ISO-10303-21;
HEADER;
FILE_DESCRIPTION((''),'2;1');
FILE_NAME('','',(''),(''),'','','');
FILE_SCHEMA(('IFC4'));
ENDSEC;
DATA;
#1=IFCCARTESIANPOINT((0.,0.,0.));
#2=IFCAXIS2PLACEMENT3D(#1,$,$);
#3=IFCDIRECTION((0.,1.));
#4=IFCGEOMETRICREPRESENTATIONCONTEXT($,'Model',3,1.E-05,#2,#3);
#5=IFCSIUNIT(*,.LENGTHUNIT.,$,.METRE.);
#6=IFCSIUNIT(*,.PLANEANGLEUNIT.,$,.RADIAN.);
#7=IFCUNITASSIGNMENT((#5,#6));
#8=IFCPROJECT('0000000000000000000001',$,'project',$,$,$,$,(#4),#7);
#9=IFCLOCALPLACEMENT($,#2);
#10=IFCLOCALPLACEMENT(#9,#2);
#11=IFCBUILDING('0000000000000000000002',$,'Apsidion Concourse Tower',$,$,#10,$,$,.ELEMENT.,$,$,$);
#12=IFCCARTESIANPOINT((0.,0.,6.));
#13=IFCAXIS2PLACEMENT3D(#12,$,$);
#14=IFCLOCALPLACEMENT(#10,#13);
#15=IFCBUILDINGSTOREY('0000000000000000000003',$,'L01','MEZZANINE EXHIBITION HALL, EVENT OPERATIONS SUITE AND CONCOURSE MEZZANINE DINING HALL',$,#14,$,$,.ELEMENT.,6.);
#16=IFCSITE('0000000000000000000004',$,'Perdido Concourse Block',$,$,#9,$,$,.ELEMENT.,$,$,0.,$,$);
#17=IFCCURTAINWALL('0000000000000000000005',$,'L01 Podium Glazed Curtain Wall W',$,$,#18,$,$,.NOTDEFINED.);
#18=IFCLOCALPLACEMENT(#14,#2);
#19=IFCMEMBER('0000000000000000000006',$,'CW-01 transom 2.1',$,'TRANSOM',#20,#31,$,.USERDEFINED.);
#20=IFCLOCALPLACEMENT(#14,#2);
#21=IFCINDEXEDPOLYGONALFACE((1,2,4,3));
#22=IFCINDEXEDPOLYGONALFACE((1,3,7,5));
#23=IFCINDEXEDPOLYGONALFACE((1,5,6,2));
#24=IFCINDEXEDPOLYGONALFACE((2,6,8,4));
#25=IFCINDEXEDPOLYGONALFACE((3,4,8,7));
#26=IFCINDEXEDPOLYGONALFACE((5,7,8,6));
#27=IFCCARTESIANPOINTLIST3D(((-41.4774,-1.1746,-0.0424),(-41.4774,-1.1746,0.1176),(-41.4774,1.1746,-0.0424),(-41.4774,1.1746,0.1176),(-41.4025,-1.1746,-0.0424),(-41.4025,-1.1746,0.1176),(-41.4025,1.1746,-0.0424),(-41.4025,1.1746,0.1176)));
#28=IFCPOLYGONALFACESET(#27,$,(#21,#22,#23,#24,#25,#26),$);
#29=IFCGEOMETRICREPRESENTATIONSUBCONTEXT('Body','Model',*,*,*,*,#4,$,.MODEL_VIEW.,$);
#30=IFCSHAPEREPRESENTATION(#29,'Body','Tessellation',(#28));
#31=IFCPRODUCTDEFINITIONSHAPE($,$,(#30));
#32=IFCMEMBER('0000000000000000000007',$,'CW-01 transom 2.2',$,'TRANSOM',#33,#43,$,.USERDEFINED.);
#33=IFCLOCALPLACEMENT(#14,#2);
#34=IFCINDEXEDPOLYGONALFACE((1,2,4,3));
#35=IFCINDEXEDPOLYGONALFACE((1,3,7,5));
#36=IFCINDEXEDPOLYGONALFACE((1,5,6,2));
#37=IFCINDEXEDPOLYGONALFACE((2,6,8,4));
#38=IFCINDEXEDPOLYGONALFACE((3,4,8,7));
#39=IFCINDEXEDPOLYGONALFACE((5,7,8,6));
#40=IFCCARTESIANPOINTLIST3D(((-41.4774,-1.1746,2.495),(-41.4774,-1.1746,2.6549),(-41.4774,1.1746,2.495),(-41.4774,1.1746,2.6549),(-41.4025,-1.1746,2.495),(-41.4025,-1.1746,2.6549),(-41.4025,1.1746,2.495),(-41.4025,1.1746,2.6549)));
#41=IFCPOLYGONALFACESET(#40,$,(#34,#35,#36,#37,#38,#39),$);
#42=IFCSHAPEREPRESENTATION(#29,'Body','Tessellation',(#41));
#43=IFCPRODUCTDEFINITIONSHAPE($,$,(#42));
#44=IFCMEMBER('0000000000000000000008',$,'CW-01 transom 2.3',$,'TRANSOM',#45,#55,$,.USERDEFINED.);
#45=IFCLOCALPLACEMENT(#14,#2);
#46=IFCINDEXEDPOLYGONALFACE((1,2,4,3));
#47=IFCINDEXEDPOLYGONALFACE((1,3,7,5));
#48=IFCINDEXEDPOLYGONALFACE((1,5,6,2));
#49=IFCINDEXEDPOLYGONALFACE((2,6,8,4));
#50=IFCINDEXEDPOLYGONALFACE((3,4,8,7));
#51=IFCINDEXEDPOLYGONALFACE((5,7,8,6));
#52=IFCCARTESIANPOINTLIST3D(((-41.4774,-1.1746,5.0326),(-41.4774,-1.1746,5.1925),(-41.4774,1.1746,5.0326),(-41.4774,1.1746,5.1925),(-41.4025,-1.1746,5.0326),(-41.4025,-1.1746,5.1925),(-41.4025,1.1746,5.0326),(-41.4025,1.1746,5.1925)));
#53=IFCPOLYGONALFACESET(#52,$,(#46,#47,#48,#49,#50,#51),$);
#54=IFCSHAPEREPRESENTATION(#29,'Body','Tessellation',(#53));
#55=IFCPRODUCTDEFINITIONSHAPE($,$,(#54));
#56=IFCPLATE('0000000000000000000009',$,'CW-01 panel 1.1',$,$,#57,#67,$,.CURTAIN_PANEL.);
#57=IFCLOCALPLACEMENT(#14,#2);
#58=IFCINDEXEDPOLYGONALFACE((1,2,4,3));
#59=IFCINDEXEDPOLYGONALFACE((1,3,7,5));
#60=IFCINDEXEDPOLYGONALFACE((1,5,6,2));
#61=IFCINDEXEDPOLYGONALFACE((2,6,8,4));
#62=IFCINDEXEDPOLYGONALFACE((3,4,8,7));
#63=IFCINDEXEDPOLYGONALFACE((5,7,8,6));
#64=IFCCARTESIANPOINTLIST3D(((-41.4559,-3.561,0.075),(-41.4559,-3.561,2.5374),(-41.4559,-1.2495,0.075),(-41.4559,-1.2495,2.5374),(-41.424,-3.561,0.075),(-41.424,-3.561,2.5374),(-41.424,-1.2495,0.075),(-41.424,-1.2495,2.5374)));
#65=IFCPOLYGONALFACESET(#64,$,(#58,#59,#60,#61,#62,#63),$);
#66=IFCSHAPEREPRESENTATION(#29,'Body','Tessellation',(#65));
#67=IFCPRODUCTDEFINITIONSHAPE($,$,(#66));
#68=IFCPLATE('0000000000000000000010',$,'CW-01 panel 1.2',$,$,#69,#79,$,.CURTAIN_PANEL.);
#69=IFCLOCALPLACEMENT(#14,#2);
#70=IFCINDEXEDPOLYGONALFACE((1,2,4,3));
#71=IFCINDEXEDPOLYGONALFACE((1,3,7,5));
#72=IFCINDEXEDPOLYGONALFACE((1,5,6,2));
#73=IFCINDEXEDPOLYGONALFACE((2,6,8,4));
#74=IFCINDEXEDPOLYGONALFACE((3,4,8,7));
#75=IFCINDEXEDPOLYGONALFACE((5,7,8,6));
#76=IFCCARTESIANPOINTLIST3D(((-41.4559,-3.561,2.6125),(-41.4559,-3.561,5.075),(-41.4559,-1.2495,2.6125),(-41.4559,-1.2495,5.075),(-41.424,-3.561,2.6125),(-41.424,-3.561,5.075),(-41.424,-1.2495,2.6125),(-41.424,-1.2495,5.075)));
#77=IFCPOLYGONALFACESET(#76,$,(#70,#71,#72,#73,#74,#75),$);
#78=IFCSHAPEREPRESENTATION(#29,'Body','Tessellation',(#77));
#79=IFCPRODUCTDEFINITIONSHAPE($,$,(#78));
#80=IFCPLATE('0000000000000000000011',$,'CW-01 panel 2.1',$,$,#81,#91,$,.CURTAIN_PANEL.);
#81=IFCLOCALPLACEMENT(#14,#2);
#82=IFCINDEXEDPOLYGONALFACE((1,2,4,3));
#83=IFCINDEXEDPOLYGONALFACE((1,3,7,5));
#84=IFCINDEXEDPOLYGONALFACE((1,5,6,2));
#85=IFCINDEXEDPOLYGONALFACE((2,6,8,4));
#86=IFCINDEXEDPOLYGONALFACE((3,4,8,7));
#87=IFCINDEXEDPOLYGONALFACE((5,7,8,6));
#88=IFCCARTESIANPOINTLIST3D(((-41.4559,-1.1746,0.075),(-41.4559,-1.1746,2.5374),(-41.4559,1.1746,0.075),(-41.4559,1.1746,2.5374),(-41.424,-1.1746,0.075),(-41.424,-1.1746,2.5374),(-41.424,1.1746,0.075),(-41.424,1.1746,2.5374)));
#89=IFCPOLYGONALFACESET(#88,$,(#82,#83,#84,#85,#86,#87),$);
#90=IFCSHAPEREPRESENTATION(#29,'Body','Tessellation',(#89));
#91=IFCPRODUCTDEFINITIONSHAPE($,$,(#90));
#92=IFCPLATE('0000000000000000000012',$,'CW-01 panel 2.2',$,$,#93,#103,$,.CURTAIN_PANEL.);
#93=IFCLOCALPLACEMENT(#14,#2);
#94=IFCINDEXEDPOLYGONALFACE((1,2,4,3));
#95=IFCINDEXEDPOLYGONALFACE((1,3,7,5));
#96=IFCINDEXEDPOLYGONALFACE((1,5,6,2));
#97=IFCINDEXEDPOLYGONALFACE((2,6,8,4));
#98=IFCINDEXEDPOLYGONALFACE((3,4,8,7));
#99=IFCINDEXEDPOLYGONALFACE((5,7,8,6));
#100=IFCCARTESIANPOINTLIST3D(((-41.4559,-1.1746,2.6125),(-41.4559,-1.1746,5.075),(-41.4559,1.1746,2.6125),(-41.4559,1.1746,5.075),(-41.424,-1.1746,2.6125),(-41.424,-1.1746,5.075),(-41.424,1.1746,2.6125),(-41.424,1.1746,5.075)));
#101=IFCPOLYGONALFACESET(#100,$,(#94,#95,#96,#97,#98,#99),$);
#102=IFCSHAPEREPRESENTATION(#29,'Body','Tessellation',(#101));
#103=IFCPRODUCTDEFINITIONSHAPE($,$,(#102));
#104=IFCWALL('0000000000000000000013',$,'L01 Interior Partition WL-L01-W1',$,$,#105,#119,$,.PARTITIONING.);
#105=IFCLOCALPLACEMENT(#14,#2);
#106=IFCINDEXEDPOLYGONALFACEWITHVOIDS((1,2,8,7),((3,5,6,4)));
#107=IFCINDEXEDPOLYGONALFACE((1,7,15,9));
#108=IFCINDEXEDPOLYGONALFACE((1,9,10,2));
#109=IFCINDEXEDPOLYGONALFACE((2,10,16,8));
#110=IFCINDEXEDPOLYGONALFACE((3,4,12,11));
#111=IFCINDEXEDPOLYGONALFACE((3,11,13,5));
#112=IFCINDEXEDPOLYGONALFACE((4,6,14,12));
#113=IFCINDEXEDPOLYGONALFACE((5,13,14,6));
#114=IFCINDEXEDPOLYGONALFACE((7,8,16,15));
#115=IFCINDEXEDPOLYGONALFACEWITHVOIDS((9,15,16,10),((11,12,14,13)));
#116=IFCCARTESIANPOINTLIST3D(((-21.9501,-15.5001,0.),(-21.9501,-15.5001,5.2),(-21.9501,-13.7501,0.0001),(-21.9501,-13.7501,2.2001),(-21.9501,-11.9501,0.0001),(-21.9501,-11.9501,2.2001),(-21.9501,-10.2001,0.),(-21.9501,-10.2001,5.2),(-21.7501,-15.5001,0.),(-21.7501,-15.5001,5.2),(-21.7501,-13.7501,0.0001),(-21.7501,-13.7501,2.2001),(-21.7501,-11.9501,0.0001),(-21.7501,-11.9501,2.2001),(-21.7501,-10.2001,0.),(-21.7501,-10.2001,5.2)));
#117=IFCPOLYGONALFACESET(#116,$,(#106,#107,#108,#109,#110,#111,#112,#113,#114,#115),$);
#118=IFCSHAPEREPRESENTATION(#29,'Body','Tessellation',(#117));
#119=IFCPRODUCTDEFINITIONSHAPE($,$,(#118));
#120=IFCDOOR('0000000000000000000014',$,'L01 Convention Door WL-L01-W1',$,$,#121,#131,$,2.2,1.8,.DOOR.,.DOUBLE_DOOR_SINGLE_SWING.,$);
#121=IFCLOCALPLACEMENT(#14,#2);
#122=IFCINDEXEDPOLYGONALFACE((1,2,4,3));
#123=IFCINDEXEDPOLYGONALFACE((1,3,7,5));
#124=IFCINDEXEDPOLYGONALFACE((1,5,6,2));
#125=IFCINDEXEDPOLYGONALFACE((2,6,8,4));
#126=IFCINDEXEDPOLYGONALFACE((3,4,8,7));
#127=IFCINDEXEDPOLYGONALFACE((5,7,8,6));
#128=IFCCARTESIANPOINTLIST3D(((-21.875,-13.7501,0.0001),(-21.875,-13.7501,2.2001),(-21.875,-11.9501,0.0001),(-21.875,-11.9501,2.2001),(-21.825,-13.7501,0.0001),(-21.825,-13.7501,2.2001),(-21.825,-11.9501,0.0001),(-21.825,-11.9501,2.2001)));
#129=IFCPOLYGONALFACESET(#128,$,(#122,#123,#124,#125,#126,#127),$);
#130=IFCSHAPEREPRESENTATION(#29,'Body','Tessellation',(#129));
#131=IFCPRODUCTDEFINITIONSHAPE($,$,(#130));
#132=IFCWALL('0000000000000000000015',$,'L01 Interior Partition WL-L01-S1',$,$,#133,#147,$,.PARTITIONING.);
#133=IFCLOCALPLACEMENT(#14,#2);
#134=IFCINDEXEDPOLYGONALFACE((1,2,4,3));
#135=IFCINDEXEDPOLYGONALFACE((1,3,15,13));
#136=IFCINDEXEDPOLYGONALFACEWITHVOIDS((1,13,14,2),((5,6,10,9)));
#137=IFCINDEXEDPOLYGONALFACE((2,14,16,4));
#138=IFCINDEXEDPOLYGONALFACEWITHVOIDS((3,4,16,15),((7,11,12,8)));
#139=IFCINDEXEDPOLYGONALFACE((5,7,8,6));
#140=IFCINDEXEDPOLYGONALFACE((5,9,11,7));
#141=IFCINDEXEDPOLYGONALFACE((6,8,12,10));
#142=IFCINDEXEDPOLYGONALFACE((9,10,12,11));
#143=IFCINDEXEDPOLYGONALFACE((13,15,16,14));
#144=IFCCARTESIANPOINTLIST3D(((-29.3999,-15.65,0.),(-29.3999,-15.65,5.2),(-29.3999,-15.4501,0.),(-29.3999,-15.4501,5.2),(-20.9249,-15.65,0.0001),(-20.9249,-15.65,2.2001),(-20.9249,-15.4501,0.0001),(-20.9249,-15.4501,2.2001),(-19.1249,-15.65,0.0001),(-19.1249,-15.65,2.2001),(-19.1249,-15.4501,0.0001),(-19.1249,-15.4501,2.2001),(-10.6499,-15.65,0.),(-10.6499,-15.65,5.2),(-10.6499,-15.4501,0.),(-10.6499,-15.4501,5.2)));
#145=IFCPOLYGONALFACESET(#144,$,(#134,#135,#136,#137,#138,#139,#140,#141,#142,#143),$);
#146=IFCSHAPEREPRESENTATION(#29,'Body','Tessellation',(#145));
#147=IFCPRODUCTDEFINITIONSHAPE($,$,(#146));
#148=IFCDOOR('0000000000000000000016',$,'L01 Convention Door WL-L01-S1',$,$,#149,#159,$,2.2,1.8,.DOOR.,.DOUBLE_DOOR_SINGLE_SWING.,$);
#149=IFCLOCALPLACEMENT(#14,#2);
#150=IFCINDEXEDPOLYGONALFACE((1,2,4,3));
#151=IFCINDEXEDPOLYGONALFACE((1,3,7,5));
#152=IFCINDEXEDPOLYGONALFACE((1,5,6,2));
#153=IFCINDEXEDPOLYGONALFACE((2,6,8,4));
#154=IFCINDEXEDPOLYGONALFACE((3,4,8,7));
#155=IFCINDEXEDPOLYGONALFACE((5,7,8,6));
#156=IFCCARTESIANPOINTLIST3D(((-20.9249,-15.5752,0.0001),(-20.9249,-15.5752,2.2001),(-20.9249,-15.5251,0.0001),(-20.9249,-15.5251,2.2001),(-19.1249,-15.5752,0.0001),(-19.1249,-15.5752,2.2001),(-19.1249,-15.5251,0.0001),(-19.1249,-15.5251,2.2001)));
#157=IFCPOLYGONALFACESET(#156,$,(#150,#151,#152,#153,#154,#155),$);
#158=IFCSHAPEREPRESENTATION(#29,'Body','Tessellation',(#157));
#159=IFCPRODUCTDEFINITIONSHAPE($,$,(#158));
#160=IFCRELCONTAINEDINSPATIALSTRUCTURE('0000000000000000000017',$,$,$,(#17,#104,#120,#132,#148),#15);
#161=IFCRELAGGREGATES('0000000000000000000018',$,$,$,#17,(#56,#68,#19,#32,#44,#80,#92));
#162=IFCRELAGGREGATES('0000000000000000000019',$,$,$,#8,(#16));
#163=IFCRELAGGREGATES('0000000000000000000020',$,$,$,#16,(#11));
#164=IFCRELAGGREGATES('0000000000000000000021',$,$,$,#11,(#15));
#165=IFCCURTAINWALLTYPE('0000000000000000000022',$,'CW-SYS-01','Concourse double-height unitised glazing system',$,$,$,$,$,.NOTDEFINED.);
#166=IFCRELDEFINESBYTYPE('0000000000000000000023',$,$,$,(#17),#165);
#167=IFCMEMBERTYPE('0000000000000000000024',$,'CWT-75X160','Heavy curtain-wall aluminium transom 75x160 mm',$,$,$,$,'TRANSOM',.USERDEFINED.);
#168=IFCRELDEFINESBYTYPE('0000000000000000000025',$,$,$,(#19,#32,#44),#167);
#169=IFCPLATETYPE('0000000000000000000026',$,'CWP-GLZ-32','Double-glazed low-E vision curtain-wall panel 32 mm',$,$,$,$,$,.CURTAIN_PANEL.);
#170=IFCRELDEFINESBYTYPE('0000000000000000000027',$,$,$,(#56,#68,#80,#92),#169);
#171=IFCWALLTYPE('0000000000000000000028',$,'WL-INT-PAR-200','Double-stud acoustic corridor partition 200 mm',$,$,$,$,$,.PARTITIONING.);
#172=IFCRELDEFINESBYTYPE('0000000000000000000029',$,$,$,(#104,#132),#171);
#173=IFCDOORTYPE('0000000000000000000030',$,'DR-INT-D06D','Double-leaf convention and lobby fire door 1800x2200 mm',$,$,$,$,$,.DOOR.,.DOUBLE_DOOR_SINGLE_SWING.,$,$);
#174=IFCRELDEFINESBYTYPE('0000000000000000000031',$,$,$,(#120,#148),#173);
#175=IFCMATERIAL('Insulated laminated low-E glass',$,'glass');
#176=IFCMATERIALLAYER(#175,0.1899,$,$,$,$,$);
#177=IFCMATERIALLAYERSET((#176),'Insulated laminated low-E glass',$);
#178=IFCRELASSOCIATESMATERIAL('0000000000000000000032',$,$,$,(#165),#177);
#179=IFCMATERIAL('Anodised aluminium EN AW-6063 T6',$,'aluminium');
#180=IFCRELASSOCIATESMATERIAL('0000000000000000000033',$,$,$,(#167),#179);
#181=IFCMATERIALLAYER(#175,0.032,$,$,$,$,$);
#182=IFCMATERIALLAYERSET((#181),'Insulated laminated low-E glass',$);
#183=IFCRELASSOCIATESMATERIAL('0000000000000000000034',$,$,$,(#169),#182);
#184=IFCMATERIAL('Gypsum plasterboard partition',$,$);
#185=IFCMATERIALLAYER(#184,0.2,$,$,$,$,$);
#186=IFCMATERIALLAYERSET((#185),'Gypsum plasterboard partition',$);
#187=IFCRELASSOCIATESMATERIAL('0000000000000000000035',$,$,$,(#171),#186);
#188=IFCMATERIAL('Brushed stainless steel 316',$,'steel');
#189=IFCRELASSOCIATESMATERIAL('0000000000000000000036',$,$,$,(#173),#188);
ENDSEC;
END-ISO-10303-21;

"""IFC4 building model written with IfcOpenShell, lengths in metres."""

from ifc_helpers import new_model, si_unit, direction, frame, frame_2d, origin, origin_2d, place, context, subcontext, project, spatial, rectangle, extrude, material, layer, layer_set, material_profile, profile_set, type_object, element, fill, aggregate, save


model = new_model("IFC4")

# Units and contexts
model_context = context("Model", 3, precision=1e-05, world=origin(), true_north=direction((0.0, 1.0)))
body_context = subcontext(model_context, "Body", "Model", "MODEL_VIEW")
ifc_project = project(units=[si_unit("LENGTHUNIT", "METRE"), si_unit("PLANEANGLEUNIT", "RADIAN")], contexts=[model_context])

# Site, building, storey
site_placement = place(None, origin())
site = spatial("IfcSite", under=ifc_project, at=site_placement, Name="Perdido Concourse Block", CompositionType="ELEMENT", RefElevation=0.0)
building_placement = place(site_placement, origin())
building = spatial("IfcBuilding", under=site, at=building_placement, Name="Apsidion Concourse Tower", CompositionType="ELEMENT")
storey_placement = place(building_placement, frame((0.0, 0.0, 6.0)))
storey = spatial("IfcBuildingStorey", under=building, at=storey_placement, Name="L01", Description="MEZZANINE EXHIBITION HALL, EVENT OPERATIONS SUITE AND CONCOURSE MEZZANINE DINING HALL", CompositionType="ELEMENT", Elevation=6.0)

# Curtain wall, members, plates
ifc_material_1 = material(Name="Insulated laminated low-E glass", Category="glass")
ifc_layer_1 = layer(ifc_material_1, 0.1899)
ifc_layer_set_1 = layer_set([ifc_layer_1], Name="Insulated laminated low-E glass")
curtain_wall_type = type_object("IfcCurtainWallType", Name="CW-SYS-01", Description="Concourse double-height unitised glazing system", PredefinedType="NOTDEFINED", material=ifc_layer_set_1)
curtain_wall_placement = place(storey_placement, origin())
curtain_wall = element("IfcCurtainWall", 1, at=curtain_wall_placement, inside=storey, type_object=curtain_wall_type, Name="L01 Podium Glazed Curtain Wall W", PredefinedType="NOTDEFINED")
ifc_material_2 = material(Name="Anodised aluminium EN AW-6063 T6", Category="aluminium")
ifc_material_profile_1 = material_profile(ifc_material_2, rectangle(XDim=0.075, YDim=0.1599, at=origin_2d()), Name="ALU TRANSOM 75x160")
ifc_profile_set_1 = profile_set([ifc_material_profile_1], Name="Anodised aluminium EN AW-6063 T6")
member_type_1 = type_object("IfcMemberType", Name="CWT-75X160", Description="Heavy curtain-wall aluminium transom 75x160 mm", ElementType="TRANSOM", PredefinedType="USERDEFINED", material=ifc_profile_set_1)
member_1_placement = place(storey_placement, frame((-41.4399, -1.1746, 0.0376), z_axis=(0.0, 1.0, 0.0), x_axis=(-1.0, 0.0, 0.0)))
member_1 = element("IfcMember", 2, at=member_1_placement, type_object=member_type_1, Name="CW-01 transom 2.1", ObjectType="TRANSOM", PredefinedType="USERDEFINED", context=body_context, shape_type="SweptSolid", body=[
    extrude(rectangle(XDim=0.075, YDim=0.1599, at=origin_2d()), origin(), (0.0, 0.0, 1.0), 2.3491),
])
member_2_placement = place(storey_placement, frame((-41.4399, -1.1746, 2.575), z_axis=(0.0, 1.0, 0.0), x_axis=(-1.0, 0.0, 0.0)))
member_2 = element("IfcMember", 3, at=member_2_placement, type_object=member_type_1, Name="CW-01 transom 2.2", ObjectType="TRANSOM", PredefinedType="USERDEFINED", context=body_context, shape_type="SweptSolid", body=[
    extrude(rectangle(XDim=0.075, YDim=0.1599, at=origin_2d()), origin(), (0.0, 0.0, 1.0), 2.3491),
])
member_3_placement = place(storey_placement, frame((-41.4399, -1.1746, 5.1125), z_axis=(0.0, 1.0, 0.0), x_axis=(-1.0, 0.0, 0.0)))
member_3 = element("IfcMember", 4, at=member_3_placement, type_object=member_type_1, Name="CW-01 transom 2.3", ObjectType="TRANSOM", PredefinedType="USERDEFINED", context=body_context, shape_type="SweptSolid", body=[
    extrude(rectangle(XDim=0.075, YDim=0.1599, at=origin_2d()), origin(), (0.0, 0.0, 1.0), 2.3491),
])
ifc_layer_2 = layer(ifc_material_1, 0.032)
ifc_layer_set_2 = layer_set([ifc_layer_2], Name="Insulated laminated low-E glass")
plate_type = type_object("IfcPlateType", Name="CWP-GLZ-32", Description="Double-glazed low-E vision curtain-wall panel 32 mm", PredefinedType="CURTAIN_PANEL", material=ifc_layer_set_2)
plate_1_placement = place(storey_placement, frame((-41.4399, -2.4053, 0.075), z_axis=(0.0, 0.0, 1.0), x_axis=(0.0, 1.0, 0.0)))
plate_1 = element("IfcPlate", 5, at=plate_1_placement, type_object=plate_type, Name="CW-01 panel 1.1", PredefinedType="CURTAIN_PANEL", context=body_context, shape_type="SweptSolid", body=[
    extrude(rectangle(XDim=2.3115, YDim=0.032, at=origin_2d()), origin(), (0.0, 0.0, 1.0), 2.4624),
])
plate_2_placement = place(storey_placement, frame((-41.4399, -2.4053, 2.6125), z_axis=(0.0, 0.0, 1.0), x_axis=(0.0, 1.0, 0.0)))
plate_2 = element("IfcPlate", 6, at=plate_2_placement, type_object=plate_type, Name="CW-01 panel 1.2", PredefinedType="CURTAIN_PANEL", context=body_context, shape_type="SweptSolid", body=[
    extrude(rectangle(XDim=2.3115, YDim=0.032, at=origin_2d()), origin(), (0.0, 0.0, 1.0), 2.4624),
])
plate_3_placement = place(storey_placement, frame((-41.4399, 0.0, 0.075), z_axis=(0.0, 0.0, 1.0), x_axis=(0.0, 1.0, 0.0)))
plate_3 = element("IfcPlate", 7, at=plate_3_placement, type_object=plate_type, Name="CW-01 panel 2.1", PredefinedType="CURTAIN_PANEL", context=body_context, shape_type="SweptSolid", body=[
    extrude(rectangle(XDim=2.3491, YDim=0.032, at=origin_2d()), origin(), (0.0, 0.0, 1.0), 2.4624),
])
plate_4_placement = place(storey_placement, frame((-41.4399, 0.0, 2.6125), z_axis=(0.0, 0.0, 1.0), x_axis=(0.0, 1.0, 0.0)))
plate_4 = element("IfcPlate", 8, at=plate_4_placement, type_object=plate_type, Name="CW-01 panel 2.2", PredefinedType="CURTAIN_PANEL", context=body_context, shape_type="SweptSolid", body=[
    extrude(rectangle(XDim=2.3491, YDim=0.032, at=origin_2d()), origin(), (0.0, 0.0, 1.0), 2.4624),
])
aggregate(curtain_wall, [plate_1, plate_2, member_1, member_2, member_3, plate_3, plate_4])

# Walls, openings, doors
ifc_material_3 = material(Name="Gypsum plasterboard partition")
ifc_layer_3 = layer(ifc_material_3, 0.2)
ifc_layer_set_3 = layer_set([ifc_layer_3], Name="Gypsum plasterboard partition")
wall_type = type_object("IfcWallType", Name="WL-INT-PAR-200", Description="Double-stud acoustic corridor partition 200 mm", PredefinedType="PARTITIONING", material=ifc_layer_set_3)
wall_1_placement = place(storey_placement, frame((-21.8501, -15.5, 0.0), z_axis=(0.0, 0.0, 1.0), x_axis=(0.0, 1.0, 0.0)))
wall_1 = element("IfcWall", 9, at=wall_1_placement, inside=storey, type_object=wall_type, Name="L01 Interior Partition WL-L01-W1", PredefinedType="PARTITIONING", context=body_context, shape_type="SweptSolid", body=[
    extrude(rectangle(XDim=5.3, YDim=0.2, at=frame_2d((2.6499, 0.0))), origin(), (0.0, 0.0, 1.0), 5.2),
])
opening_1_placement = place(wall_1_placement, frame((1.75, 0.0, 0.0)))
opening_1 = element("IfcOpeningElement", 10, at=opening_1_placement, cuts=wall_1, PredefinedType="OPENING", context=body_context, shape_type="SweptSolid", body=[
    extrude(rectangle(XDim=1.8, YDim=2.2, at=frame_2d((0.8999, 1.1001))), frame((0.0, 0.1099, 0.0), z_axis=(0.0, -1.0, 0.0), x_axis=(1.0, 0.0, 0.0)), (0.0, 0.0, 1.0), 0.22),
])
ifc_material_4 = material(Name="Brushed stainless steel 316", Category="steel")
door_type = type_object("IfcDoorType", Name="DR-INT-D06D", Description="Double-leaf convention and lobby fire door 1800x2200 mm", OperationType="DOUBLE_DOOR_SINGLE_SWING", PredefinedType="DOOR", material=ifc_material_4)
door_1_placement = place(opening_1_placement, origin())
door_1 = element("IfcDoor", 11, at=door_1_placement, inside=storey, type_object=door_type, Name="L01 Convention Door WL-L01-W1", OperationType="DOUBLE_DOOR_SINGLE_SWING", OverallHeight=2.2, OverallWidth=1.8, PredefinedType="DOOR", context=body_context, shape_type="SweptSolid", body=[
    extrude(rectangle(XDim=1.8, YDim=2.2, at=frame_2d((0.8999, 1.1001))), frame((0.0, 0.0249, 0.0), z_axis=(0.0, -1.0, 0.0), x_axis=(1.0, 0.0, 0.0)), (0.0, 0.0, 1.0), 0.05),
])
fill(opening_1, door_1)
wall_2_placement = place(storey_placement, frame((-29.3999, -15.55, 0.0), z_axis=(0.0, 0.0, 1.0), x_axis=(1.0, 0.0, 0.0)))
wall_2 = element("IfcWall", 12, at=wall_2_placement, inside=storey, type_object=wall_type, Name="L01 Interior Partition WL-L01-S1", PredefinedType="PARTITIONING", context=body_context, shape_type="SweptSolid", body=[
    extrude(rectangle(XDim=18.75, YDim=0.2, at=frame_2d((9.375, 0.0))), origin(), (0.0, 0.0, 1.0), 5.2),
])
opening_2_placement = place(wall_2_placement, frame((8.4751, 0.0, 0.0)))
opening_2 = element("IfcOpeningElement", 13, at=opening_2_placement, cuts=wall_2, PredefinedType="OPENING", context=body_context, shape_type="SweptSolid", body=[
    extrude(rectangle(XDim=1.8, YDim=2.2, at=frame_2d((0.8999, 1.1001))), frame((0.0, 0.1099, 0.0), z_axis=(0.0, -1.0, 0.0), x_axis=(1.0, 0.0, 0.0)), (0.0, 0.0, 1.0), 0.22),
])
door_2_placement = place(opening_2_placement, origin())
door_2 = element("IfcDoor", 14, at=door_2_placement, inside=storey, type_object=door_type, Name="L01 Convention Door WL-L01-S1", OperationType="DOUBLE_DOOR_SINGLE_SWING", OverallHeight=2.2, OverallWidth=1.8, PredefinedType="DOOR", context=body_context, shape_type="SweptSolid", body=[
    extrude(rectangle(XDim=1.8, YDim=2.2, at=frame_2d((0.8999, 1.1001))), frame((0.0, 0.0249, 0.0), z_axis=(0.0, -1.0, 0.0), x_axis=(1.0, 0.0, 0.0)), (0.0, 0.0, 1.0), 0.05),
])
fill(opening_2, door_2)

save(model, "model.ifc")
